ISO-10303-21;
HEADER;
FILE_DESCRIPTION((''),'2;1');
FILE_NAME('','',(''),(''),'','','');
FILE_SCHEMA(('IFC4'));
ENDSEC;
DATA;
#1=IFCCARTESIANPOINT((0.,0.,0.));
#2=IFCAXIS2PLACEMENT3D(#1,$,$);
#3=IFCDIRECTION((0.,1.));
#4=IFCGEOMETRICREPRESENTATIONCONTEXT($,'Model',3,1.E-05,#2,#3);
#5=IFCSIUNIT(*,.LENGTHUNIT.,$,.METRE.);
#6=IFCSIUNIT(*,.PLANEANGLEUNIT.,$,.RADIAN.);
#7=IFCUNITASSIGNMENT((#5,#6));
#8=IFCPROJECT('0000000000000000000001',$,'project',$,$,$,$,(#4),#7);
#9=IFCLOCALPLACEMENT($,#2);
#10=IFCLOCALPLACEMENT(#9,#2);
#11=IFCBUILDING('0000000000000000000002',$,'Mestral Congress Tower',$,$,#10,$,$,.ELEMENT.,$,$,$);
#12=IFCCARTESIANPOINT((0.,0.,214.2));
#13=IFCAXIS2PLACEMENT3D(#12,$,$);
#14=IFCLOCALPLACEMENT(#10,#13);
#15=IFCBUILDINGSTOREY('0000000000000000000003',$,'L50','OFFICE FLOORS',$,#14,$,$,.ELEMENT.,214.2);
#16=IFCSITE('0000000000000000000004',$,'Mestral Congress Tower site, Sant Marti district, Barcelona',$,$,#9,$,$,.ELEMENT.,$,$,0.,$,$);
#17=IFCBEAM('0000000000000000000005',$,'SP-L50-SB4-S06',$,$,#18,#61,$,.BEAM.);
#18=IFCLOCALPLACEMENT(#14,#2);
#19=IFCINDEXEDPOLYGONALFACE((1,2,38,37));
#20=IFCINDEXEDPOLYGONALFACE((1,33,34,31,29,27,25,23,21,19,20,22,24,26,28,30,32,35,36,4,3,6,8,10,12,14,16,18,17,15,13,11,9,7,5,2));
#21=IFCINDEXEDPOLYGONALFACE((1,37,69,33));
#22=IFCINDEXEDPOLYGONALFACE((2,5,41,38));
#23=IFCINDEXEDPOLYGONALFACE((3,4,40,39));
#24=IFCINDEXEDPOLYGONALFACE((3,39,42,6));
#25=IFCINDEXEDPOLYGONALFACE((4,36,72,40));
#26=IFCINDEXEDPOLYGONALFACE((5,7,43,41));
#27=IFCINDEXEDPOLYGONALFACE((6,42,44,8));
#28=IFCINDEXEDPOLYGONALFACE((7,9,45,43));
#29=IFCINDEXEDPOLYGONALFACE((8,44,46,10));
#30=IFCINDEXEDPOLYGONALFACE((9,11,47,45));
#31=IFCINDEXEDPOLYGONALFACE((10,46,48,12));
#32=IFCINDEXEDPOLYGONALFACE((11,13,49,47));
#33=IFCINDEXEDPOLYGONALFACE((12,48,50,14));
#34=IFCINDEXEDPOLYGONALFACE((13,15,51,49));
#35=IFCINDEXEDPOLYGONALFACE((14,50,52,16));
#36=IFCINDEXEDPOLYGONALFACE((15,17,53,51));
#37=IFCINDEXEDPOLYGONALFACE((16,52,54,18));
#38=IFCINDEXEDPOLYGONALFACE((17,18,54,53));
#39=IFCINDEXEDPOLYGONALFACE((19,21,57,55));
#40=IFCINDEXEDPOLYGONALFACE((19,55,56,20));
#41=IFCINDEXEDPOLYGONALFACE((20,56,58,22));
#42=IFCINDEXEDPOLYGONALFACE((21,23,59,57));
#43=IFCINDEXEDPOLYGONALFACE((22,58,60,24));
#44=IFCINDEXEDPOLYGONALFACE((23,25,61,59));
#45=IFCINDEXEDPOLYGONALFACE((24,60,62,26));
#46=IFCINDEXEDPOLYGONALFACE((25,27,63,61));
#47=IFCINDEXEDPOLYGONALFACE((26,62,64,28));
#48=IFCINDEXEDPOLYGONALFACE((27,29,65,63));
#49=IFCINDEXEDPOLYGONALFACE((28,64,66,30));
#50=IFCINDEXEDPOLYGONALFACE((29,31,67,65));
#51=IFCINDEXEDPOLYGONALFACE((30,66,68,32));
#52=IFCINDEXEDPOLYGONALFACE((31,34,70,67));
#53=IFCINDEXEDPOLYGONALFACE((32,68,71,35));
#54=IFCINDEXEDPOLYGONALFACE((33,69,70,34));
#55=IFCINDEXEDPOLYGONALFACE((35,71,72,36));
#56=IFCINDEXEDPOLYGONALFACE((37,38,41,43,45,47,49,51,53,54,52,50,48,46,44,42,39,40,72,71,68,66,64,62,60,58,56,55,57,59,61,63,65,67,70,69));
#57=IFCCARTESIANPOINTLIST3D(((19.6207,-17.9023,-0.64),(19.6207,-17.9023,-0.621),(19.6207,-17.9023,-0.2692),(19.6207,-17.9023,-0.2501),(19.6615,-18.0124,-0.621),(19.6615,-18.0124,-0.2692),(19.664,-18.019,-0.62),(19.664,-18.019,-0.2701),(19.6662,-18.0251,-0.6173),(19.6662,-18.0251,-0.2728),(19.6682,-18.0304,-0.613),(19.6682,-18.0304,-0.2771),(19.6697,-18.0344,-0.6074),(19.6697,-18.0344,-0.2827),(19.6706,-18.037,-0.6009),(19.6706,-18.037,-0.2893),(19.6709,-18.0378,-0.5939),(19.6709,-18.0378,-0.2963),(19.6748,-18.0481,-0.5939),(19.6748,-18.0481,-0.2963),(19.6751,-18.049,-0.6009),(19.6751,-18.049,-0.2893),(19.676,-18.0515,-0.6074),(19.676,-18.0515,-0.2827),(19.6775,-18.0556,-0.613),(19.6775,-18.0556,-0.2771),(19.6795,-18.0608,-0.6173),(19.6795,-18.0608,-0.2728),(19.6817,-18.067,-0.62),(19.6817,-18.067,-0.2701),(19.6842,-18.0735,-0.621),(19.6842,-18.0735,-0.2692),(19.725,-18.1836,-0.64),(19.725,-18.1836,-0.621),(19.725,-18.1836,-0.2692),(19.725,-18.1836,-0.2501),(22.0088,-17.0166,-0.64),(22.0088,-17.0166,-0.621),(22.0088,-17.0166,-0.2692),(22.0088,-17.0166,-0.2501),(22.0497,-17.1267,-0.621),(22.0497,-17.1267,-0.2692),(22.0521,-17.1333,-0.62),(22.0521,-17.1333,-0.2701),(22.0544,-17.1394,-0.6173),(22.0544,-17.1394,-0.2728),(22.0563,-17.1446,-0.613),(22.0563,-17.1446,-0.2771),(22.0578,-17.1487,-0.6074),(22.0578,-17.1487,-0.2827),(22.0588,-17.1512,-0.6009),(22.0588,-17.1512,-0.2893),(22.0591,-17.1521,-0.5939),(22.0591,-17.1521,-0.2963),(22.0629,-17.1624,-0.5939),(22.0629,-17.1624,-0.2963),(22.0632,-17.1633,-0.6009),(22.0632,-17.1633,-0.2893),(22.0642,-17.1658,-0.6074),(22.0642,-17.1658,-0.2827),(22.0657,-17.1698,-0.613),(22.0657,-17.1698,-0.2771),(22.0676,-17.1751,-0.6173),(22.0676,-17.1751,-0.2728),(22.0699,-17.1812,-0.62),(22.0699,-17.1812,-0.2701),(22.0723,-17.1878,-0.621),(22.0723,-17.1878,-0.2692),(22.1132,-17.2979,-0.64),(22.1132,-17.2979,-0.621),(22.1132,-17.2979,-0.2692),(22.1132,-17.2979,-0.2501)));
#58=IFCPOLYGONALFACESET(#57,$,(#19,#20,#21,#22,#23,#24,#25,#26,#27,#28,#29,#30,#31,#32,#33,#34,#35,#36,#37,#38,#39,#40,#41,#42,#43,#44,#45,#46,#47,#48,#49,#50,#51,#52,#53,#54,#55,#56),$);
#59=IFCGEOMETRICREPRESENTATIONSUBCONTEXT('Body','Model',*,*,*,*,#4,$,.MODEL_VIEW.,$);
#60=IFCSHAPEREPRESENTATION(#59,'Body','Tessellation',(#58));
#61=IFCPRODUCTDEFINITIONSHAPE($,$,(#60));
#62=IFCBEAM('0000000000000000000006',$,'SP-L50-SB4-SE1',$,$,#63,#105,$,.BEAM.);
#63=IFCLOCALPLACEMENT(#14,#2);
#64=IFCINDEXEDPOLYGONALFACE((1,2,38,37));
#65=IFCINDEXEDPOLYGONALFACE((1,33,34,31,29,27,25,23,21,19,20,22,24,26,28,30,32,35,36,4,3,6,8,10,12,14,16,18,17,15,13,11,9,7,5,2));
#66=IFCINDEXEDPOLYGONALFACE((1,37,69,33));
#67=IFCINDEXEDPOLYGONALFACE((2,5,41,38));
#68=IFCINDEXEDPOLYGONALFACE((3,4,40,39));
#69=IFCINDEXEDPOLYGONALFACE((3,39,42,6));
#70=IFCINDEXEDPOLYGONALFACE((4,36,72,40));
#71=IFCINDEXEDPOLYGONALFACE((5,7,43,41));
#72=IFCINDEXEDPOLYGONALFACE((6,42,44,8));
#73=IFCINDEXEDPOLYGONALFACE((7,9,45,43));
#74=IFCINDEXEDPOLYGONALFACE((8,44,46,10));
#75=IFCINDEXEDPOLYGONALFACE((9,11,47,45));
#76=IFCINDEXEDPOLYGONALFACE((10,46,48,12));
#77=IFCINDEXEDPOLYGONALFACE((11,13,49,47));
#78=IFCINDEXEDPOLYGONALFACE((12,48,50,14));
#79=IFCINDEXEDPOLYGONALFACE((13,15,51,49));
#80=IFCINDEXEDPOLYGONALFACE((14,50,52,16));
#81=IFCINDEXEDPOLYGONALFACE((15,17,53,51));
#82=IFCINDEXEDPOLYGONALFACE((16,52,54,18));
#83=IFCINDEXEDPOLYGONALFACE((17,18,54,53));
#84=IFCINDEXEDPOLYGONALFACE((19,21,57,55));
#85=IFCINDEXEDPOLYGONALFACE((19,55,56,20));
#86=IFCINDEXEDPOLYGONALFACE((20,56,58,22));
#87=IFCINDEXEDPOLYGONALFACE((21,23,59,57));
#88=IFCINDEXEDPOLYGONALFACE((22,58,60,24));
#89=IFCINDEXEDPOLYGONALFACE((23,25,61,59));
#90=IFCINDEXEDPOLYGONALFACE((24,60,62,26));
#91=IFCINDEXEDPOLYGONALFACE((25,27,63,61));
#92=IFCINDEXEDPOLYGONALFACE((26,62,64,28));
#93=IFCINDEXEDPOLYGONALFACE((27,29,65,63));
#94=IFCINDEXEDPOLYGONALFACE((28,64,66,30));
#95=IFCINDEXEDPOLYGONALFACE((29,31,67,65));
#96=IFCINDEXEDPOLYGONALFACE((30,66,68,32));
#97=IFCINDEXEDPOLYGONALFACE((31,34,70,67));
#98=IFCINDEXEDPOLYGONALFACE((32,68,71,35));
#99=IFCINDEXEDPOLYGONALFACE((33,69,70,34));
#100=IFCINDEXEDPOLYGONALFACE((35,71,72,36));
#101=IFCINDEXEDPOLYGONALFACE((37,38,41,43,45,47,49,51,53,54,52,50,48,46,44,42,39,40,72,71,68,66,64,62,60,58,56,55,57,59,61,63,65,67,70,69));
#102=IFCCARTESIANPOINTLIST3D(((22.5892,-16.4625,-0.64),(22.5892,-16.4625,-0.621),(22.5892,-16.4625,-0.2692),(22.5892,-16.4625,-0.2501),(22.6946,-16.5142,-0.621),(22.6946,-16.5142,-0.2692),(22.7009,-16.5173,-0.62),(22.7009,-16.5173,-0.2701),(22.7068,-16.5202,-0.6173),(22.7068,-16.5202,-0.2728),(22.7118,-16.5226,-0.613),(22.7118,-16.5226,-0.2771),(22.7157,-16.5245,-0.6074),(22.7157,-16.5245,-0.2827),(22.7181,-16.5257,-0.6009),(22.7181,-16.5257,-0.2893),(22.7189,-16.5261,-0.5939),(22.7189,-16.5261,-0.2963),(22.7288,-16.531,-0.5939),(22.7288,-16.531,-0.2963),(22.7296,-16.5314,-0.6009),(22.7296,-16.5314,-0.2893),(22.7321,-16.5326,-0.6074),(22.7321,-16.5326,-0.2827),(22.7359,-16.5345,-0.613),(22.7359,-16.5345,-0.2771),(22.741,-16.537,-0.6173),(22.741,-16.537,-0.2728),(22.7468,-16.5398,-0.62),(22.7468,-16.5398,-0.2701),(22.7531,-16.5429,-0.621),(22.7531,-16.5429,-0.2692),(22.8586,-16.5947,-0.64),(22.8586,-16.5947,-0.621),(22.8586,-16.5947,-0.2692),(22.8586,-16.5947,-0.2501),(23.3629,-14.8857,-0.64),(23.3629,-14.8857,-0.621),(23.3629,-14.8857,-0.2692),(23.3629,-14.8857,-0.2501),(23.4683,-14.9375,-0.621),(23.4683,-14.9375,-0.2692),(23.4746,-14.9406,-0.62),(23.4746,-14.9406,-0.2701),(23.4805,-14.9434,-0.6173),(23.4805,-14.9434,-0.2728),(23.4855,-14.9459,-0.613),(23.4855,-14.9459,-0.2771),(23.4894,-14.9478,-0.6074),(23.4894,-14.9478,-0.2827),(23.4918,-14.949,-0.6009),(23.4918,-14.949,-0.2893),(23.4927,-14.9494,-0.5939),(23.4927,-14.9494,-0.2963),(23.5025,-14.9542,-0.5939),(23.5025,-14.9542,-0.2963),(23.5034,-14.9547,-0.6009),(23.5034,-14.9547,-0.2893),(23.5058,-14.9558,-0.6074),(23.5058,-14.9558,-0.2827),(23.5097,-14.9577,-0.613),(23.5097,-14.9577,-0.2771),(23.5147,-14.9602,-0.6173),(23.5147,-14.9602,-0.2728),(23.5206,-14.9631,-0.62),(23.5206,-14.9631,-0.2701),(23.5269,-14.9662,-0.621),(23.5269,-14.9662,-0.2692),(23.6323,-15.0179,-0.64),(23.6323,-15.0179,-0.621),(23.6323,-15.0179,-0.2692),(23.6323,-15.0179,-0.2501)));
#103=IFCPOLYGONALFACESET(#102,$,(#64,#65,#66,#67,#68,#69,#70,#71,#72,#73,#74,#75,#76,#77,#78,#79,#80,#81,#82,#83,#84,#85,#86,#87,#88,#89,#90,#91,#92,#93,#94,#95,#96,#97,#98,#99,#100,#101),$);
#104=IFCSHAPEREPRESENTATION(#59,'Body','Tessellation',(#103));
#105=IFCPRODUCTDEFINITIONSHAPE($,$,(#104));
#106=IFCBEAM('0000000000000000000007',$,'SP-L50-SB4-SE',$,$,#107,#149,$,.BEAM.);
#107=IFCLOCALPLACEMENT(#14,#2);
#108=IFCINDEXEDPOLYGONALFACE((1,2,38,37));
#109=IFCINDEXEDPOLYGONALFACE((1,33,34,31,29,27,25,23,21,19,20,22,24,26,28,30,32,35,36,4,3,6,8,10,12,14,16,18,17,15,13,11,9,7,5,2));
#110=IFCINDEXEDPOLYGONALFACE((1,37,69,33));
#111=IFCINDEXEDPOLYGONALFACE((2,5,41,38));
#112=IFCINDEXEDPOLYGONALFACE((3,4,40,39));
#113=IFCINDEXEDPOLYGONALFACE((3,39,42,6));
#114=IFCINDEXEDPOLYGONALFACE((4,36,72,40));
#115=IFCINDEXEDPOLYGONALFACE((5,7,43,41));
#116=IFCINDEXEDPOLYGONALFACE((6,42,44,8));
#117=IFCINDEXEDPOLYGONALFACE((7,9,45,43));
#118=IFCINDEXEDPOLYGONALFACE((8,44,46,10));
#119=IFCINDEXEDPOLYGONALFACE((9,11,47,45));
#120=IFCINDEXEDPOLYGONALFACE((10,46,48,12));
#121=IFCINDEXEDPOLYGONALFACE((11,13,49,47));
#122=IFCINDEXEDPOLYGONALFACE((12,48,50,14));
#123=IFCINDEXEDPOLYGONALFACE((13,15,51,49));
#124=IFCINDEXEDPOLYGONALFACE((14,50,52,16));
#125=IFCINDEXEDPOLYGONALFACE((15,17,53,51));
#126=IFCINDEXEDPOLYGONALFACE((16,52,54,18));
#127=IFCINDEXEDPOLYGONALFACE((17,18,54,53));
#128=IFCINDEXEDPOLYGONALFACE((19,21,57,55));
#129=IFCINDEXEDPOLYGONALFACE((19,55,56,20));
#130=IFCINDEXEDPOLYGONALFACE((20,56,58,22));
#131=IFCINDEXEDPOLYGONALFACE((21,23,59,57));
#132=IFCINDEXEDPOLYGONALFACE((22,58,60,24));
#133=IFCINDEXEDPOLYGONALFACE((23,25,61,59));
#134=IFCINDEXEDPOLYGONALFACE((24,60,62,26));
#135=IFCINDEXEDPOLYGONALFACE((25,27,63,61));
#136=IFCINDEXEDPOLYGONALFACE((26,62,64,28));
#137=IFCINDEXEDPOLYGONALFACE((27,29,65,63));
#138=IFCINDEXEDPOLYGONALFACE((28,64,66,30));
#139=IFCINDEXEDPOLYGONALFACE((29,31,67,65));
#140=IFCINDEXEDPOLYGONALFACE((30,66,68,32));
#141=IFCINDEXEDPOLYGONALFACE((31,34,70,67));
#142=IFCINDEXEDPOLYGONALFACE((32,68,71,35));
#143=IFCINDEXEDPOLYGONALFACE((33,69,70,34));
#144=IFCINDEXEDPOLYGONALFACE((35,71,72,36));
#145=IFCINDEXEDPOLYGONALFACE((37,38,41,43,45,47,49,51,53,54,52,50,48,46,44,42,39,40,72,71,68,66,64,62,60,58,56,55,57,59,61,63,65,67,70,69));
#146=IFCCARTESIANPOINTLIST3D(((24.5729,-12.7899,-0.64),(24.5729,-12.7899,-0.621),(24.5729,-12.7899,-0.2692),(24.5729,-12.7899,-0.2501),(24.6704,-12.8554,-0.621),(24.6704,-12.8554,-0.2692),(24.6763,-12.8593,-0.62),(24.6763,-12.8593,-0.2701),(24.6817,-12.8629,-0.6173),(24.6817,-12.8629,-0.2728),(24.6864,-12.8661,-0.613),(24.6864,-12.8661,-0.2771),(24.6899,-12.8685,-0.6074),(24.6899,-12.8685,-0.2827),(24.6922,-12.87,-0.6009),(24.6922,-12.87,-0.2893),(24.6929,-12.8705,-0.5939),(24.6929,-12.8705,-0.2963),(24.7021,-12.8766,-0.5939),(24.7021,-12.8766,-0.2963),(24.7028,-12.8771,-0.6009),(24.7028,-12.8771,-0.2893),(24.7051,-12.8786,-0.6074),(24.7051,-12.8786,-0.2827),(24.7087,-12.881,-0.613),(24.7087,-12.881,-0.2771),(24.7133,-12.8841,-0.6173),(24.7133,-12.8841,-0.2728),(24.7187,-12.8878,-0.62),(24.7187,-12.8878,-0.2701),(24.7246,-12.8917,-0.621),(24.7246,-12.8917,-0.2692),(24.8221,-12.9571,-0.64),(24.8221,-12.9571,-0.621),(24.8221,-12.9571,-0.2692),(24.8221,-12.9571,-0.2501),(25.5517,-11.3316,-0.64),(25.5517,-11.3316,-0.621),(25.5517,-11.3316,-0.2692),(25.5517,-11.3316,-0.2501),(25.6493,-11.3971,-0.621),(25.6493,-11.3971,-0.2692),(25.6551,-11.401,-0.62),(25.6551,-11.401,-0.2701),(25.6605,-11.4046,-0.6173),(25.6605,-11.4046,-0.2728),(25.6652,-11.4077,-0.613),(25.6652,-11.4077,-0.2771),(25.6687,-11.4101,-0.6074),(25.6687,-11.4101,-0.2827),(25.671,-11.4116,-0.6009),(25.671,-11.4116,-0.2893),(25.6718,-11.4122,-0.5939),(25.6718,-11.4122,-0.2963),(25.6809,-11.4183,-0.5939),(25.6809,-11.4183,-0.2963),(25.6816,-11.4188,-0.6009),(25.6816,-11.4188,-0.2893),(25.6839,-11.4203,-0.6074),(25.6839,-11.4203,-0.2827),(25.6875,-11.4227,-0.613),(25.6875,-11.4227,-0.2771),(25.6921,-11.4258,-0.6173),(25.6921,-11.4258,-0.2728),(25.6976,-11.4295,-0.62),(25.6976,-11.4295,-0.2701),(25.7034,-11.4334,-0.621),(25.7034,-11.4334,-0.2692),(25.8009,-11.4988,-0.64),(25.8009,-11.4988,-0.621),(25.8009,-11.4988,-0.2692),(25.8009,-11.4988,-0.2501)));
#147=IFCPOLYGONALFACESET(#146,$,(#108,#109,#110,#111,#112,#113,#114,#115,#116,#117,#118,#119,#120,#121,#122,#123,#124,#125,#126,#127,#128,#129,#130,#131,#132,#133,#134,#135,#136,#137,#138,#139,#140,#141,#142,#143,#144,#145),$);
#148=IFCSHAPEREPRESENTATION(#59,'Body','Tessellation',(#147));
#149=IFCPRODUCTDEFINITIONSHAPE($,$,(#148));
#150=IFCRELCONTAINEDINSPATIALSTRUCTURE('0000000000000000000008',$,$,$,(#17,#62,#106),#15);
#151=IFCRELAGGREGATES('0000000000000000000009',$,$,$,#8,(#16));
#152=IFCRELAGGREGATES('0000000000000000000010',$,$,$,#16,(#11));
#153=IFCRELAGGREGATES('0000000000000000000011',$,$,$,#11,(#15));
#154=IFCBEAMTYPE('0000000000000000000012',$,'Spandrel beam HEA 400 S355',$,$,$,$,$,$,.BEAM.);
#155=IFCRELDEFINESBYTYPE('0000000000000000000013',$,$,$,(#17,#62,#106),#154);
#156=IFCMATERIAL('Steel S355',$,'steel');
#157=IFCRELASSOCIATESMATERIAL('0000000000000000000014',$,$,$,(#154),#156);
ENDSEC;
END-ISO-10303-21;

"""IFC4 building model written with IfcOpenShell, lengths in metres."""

from ifc_helpers import new_model, si_unit, direction, frame, origin, origin_2d, place, context, subcontext, project, spatial, i_section, extrude, material, material_profile, profile_set, type_object, element, save


model = new_model("IFC4")

# Units and contexts
model_context = context("Model", 3, precision=1e-05, world=origin(), true_north=direction((0.0, 1.0)))
body_context = subcontext(model_context, "Body", "Model", "MODEL_VIEW")
ifc_project = project(units=[si_unit("LENGTHUNIT", "METRE"), si_unit("PLANEANGLEUNIT", "RADIAN")], contexts=[model_context])

# Site, building, storey
site_placement = place(None, origin())
site = spatial("IfcSite", under=ifc_project, at=site_placement, Name="Mestral Congress Tower site, Sant Marti district, Barcelona", CompositionType="ELEMENT", RefElevation=0.0)
building_placement = place(site_placement, origin())
building = spatial("IfcBuilding", under=site, at=building_placement, Name="Mestral Congress Tower", CompositionType="ELEMENT")
storey_placement = place(building_placement, frame((0.0, 0.0, 214.2)))
storey = spatial("IfcBuildingStorey", under=building, at=storey_placement, Name="L50", Description="OFFICE FLOORS", CompositionType="ELEMENT", Elevation=214.2)

# Beams
ifc_material_1 = material(Name="Steel S355", Category="steel")
ifc_material_profile_1 = material_profile(ifc_material_1, i_section(OverallWidth=0.3, OverallDepth=0.3899, WebThickness=0.011, FlangeThickness=0.019, FilletRadius=0.0271, at=origin_2d()), Name="HEA 400")
ifc_profile_set_1 = profile_set([ifc_material_profile_1], Name="Steel S355")
beam_type_1 = type_object("IfcBeamType", Name="Spandrel beam HEA 400 S355", PredefinedType="BEAM", material=ifc_profile_set_1)
beam_1_placement = place(storey_placement, frame((19.6729, -18.043, -0.4451), z_axis=(0.937591, 0.347739, 0.0), x_axis=(-0.347739, 0.937591, 0.0)))
element("IfcBeam", 1, at=beam_1_placement, inside=storey, type_object=beam_type_1, Name="SP-L50-SB4-S06", PredefinedType="BEAM", context=body_context, shape_type="SweptSolid", body=[
    extrude(i_section(OverallWidth=0.3, OverallDepth=0.3899, WebThickness=0.011, FlangeThickness=0.019, FilletRadius=0.0271, at=origin_2d()), origin(), (0.0, 0.0, 1.0), 2.5471),
])
for number, where, z_axis, x_axis, name in (
    (2, (22.7239, -16.5286, -0.4451), (0.440529, 0.897739, 0.0), (-0.897739, 0.440529, 0.0), "SP-L50-SB4-SE1"),
    (3, (24.6975, -12.8735, -0.4451), (0.557296, 0.830314, 0.0), (-0.830314, 0.557296, 0.0), "SP-L50-SB4-SE"),
):
    element("IfcBeam", number, at=place(storey_placement, frame(where, z_axis=z_axis, x_axis=x_axis)), inside=storey, type_object=beam_type_1, Name=name, PredefinedType="BEAM", context=body_context, shape_type="SweptSolid", body=[
        extrude(i_section(OverallWidth=0.3, OverallDepth=0.3899, WebThickness=0.011, FlangeThickness=0.019, FilletRadius=0.0271, at=origin_2d()), origin(), (0.0, 0.0, 1.0), 1.7563),
    ])

save(model, "model.ifc")
